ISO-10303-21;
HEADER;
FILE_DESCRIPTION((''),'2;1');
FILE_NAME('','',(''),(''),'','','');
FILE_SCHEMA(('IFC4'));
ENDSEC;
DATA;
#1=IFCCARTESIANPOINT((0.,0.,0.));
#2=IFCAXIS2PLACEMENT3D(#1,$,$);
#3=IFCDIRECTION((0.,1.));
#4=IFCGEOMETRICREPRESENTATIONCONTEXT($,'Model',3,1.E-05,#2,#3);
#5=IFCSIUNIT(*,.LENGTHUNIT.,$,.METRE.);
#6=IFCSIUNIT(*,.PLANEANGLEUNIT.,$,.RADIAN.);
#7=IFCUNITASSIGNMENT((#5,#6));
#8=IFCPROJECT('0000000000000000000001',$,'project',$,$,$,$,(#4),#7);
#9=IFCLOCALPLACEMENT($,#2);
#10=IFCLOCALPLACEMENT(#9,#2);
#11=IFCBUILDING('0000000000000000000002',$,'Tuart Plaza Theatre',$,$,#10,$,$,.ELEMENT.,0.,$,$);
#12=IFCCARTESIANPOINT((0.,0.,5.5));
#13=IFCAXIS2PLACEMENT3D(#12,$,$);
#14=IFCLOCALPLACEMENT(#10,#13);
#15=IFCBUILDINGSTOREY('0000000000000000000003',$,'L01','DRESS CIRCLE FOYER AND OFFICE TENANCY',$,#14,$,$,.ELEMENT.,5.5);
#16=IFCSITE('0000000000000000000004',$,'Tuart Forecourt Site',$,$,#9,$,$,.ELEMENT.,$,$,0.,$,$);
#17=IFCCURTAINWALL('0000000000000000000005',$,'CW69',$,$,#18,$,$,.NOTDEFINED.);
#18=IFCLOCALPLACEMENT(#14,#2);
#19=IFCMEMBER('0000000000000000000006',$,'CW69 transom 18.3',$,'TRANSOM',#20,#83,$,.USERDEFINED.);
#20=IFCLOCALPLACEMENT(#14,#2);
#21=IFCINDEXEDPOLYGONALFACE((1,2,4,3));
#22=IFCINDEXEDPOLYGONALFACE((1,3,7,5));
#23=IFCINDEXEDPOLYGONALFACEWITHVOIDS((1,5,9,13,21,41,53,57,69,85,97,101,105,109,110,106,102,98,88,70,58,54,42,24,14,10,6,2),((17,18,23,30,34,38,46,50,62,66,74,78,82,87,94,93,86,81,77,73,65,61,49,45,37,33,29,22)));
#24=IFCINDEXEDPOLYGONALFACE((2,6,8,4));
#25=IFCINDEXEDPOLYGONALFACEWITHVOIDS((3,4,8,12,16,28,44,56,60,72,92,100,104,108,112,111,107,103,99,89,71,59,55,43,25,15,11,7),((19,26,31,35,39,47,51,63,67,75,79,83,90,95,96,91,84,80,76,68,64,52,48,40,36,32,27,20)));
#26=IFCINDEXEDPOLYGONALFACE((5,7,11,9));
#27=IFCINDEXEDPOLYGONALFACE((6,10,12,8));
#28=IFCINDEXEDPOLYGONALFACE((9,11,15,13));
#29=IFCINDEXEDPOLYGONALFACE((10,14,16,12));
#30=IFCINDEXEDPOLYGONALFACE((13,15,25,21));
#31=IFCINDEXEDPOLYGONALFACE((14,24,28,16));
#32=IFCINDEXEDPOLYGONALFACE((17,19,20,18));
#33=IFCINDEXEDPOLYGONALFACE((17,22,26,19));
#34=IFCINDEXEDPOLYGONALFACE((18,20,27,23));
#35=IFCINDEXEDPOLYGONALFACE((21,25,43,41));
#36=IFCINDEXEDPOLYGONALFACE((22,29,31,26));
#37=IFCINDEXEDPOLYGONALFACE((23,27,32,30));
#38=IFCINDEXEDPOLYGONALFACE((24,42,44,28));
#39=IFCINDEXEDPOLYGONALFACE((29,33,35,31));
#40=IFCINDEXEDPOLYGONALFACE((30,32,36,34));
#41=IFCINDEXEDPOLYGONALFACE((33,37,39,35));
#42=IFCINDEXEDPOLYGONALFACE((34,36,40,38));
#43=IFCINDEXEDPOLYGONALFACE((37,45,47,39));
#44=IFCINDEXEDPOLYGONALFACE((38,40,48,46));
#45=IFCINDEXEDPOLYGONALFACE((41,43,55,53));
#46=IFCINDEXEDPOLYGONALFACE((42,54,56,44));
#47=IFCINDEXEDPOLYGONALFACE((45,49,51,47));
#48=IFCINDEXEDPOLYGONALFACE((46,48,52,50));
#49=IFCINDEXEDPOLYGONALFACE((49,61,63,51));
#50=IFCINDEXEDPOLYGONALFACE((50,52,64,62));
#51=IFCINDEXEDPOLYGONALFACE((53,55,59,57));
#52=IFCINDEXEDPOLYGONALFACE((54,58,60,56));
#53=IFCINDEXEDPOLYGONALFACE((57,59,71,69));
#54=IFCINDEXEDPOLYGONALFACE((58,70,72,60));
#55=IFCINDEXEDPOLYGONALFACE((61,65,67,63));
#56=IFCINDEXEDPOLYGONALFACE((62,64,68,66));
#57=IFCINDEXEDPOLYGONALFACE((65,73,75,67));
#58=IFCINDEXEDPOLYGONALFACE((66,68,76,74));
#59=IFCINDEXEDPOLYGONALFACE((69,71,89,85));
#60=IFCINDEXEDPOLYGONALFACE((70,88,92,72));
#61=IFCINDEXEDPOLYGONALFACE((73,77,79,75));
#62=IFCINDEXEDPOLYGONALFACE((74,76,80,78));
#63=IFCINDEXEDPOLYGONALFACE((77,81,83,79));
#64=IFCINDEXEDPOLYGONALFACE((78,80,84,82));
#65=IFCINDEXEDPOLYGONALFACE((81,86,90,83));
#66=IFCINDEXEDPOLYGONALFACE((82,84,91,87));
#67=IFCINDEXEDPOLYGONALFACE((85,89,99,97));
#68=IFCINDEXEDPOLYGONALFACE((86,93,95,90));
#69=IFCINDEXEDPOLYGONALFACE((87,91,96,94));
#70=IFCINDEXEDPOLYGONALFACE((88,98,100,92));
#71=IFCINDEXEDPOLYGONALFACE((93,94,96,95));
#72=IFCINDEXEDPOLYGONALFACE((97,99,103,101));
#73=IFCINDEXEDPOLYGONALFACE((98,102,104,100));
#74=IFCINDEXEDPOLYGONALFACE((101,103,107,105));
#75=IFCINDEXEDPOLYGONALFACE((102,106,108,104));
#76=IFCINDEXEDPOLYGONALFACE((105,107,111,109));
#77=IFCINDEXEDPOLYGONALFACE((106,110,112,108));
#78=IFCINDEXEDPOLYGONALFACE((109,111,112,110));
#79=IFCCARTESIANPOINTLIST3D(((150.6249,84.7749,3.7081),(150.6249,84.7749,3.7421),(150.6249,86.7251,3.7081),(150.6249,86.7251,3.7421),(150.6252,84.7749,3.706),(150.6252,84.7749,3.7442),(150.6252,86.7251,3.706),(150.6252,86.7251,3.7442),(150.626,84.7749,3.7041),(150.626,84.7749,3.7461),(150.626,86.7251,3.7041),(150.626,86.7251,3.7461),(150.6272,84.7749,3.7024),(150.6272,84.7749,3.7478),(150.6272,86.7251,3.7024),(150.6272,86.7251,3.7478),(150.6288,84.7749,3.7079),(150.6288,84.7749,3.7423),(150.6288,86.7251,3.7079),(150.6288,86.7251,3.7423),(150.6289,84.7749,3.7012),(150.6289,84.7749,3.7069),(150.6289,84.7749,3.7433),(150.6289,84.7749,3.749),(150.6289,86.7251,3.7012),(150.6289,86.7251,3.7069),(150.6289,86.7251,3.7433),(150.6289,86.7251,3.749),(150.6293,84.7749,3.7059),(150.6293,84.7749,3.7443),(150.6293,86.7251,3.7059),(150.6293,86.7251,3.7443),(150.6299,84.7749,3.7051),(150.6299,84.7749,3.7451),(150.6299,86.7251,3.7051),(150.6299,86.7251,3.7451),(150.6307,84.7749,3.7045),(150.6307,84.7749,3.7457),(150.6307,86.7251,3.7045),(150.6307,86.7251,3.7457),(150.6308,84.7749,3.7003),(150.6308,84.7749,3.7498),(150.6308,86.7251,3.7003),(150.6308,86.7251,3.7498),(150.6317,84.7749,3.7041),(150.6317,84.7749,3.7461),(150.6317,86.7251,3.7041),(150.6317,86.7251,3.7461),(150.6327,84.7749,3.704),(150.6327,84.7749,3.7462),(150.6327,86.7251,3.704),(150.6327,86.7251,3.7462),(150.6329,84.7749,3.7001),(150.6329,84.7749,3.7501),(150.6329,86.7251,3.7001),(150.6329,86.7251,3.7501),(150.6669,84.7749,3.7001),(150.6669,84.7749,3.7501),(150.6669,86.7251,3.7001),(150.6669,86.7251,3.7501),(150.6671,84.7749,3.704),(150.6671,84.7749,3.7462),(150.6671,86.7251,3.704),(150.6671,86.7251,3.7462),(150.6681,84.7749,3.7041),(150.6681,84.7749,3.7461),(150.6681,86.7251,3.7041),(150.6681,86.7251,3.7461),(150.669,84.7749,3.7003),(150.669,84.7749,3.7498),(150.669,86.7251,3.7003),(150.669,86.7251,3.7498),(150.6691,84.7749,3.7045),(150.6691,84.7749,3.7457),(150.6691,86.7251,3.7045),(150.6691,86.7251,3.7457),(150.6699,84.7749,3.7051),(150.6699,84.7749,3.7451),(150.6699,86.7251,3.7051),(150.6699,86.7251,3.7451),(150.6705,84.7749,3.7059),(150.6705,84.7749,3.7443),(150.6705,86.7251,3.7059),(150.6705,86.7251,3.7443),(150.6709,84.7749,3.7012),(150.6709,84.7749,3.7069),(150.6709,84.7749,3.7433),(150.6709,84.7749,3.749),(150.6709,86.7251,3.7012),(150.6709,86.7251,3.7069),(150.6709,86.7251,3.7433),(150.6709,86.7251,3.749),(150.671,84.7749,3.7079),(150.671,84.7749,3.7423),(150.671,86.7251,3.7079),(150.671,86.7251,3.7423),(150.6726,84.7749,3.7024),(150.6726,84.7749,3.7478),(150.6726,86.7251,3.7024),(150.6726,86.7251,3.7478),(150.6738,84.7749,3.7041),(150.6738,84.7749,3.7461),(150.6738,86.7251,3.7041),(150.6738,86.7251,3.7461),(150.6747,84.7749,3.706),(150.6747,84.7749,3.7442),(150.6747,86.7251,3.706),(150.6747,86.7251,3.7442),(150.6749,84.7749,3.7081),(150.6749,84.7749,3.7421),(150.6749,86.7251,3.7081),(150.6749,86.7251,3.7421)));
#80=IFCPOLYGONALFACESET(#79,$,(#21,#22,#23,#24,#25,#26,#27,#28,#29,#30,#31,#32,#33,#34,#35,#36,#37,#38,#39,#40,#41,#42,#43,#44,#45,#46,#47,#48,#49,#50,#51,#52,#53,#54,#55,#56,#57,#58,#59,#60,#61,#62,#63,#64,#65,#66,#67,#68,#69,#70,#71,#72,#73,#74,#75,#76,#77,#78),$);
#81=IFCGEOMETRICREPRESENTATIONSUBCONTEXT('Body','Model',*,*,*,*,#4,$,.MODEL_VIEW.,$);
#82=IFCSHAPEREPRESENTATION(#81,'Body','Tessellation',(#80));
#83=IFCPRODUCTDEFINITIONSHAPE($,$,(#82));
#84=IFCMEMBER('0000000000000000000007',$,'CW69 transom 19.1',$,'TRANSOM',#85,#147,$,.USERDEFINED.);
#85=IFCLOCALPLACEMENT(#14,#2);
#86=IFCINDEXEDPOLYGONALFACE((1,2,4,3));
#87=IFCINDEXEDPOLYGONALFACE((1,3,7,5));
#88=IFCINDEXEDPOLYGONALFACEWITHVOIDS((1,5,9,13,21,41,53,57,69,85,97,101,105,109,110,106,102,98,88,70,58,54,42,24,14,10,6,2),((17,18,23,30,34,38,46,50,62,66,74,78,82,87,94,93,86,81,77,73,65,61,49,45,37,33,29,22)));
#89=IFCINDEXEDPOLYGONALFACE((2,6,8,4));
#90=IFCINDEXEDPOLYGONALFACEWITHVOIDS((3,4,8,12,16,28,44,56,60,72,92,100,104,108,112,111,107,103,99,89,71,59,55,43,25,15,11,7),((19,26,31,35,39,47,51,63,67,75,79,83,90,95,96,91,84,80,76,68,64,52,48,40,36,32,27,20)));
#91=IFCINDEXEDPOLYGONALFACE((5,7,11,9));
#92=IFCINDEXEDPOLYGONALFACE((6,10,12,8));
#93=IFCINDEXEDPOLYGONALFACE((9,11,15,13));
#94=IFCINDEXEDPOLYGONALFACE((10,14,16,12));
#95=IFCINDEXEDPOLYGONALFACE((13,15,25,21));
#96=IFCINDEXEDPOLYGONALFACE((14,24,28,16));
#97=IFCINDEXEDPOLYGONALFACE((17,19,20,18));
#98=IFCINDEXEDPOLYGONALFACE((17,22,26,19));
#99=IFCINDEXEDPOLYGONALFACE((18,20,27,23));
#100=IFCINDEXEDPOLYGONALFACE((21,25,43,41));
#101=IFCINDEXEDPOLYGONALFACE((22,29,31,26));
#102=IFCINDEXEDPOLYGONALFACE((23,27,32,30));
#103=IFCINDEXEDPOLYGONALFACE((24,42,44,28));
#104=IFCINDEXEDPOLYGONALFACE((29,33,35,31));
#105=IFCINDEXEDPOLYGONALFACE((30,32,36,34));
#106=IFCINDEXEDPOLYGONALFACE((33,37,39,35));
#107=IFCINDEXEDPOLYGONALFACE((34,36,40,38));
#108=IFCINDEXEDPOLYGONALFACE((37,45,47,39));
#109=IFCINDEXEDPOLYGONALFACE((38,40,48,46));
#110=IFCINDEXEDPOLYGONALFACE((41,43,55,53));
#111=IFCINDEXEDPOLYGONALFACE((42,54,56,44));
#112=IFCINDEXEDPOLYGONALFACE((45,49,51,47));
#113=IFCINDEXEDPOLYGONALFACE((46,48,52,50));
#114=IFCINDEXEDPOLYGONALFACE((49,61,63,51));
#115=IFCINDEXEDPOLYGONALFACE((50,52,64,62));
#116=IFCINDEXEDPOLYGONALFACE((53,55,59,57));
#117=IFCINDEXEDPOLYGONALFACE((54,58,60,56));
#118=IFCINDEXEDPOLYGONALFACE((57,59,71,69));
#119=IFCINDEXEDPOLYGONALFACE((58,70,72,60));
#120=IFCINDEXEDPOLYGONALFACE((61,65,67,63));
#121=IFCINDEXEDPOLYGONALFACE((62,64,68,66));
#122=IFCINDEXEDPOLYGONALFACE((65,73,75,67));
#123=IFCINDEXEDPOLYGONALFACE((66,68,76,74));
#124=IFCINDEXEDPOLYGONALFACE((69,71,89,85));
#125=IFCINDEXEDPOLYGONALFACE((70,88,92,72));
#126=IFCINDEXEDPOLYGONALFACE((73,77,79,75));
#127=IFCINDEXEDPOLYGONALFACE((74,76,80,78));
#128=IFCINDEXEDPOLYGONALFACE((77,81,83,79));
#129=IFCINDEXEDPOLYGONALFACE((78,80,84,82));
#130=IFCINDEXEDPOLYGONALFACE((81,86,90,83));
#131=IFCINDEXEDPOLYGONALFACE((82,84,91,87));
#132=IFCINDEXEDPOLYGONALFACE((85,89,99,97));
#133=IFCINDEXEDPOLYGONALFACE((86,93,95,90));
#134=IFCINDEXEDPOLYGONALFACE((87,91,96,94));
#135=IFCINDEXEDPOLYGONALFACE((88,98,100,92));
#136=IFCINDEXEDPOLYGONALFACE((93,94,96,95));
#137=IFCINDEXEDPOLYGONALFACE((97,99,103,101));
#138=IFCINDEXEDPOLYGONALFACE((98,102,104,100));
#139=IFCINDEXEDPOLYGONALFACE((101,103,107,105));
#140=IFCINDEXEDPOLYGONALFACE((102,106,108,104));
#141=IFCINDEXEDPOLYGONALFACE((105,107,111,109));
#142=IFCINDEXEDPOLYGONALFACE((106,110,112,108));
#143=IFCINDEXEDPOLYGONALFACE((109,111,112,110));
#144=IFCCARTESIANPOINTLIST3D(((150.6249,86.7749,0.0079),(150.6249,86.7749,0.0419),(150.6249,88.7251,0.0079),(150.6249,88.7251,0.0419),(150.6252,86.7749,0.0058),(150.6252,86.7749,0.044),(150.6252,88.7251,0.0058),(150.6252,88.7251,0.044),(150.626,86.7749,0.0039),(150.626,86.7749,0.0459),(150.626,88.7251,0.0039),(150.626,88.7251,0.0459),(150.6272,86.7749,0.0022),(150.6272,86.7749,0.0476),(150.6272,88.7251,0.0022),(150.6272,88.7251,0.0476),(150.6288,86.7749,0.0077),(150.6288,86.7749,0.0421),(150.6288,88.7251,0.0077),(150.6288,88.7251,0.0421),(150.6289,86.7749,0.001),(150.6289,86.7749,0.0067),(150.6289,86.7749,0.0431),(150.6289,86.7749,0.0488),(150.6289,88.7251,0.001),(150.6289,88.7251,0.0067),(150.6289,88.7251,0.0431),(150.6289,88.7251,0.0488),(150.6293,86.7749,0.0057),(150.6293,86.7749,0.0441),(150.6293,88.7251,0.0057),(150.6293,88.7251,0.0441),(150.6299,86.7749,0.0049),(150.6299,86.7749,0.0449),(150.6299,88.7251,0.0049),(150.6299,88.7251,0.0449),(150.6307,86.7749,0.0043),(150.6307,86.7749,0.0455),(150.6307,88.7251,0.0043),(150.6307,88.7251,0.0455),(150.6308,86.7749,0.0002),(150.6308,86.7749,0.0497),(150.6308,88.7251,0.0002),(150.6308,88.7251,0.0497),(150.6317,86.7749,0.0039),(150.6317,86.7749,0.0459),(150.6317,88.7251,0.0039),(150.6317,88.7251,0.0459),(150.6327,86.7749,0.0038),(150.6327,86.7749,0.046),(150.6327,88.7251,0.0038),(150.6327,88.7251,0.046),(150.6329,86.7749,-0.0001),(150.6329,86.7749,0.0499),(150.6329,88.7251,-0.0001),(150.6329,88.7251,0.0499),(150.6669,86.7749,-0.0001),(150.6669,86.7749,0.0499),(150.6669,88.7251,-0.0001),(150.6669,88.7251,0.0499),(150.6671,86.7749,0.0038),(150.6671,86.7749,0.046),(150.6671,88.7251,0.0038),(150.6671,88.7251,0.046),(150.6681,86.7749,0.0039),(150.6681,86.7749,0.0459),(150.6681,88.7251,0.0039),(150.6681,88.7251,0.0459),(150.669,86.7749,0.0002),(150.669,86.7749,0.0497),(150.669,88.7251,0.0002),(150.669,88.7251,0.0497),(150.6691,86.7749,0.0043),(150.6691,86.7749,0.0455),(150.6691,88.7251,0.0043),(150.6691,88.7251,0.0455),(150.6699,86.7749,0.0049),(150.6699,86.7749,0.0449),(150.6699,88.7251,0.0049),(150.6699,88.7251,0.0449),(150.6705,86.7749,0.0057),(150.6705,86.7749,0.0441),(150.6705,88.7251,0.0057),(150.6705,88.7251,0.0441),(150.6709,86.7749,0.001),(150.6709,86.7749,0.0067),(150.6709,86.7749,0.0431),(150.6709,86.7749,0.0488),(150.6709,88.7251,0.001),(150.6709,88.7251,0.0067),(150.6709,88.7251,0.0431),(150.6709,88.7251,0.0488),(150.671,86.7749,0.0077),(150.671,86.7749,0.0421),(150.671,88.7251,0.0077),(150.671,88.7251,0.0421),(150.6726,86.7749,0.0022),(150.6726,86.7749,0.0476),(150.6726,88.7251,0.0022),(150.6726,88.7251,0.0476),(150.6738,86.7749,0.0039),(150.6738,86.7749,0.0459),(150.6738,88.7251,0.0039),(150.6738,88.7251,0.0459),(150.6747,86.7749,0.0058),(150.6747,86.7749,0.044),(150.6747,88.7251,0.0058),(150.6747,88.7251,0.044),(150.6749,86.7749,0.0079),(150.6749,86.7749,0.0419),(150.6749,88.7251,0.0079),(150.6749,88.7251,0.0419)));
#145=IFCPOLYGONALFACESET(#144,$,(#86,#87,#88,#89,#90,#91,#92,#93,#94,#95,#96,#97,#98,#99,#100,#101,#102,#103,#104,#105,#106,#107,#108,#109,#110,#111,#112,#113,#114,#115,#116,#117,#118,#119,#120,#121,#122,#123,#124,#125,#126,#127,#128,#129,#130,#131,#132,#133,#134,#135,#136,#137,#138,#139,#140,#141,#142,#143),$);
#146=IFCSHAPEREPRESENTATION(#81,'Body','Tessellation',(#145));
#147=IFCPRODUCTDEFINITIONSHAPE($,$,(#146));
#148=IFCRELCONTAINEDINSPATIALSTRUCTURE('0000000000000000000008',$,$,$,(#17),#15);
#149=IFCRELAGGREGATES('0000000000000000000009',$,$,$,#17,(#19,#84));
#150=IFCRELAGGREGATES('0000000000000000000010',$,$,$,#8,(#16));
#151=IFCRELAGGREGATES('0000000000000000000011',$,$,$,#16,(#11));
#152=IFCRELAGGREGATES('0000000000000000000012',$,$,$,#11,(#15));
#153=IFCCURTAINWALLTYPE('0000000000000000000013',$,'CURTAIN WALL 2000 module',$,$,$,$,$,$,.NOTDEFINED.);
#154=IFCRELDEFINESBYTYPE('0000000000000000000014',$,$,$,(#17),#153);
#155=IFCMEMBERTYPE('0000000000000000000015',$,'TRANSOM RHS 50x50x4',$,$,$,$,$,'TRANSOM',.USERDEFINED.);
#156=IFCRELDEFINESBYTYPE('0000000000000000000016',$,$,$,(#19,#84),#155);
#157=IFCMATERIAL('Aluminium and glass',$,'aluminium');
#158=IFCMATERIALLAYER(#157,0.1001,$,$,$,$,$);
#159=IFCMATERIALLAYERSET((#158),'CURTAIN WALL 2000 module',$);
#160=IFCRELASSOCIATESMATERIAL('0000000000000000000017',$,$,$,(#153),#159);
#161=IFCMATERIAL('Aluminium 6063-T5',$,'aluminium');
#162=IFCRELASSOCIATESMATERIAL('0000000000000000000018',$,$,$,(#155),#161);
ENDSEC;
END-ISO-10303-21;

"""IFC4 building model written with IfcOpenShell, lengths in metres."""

from ifc_helpers import new_model, si_unit, direction, frame, origin, origin_2d, place, context, subcontext, project, spatial, hollow_rectangle, extrude, material, layer, layer_set, material_profile, profile_set, type_object, element, aggregate, save


model = new_model("IFC4")

# Units and contexts
model_context = context("Model", 3, precision=1e-05, world=origin(), true_north=direction((0.0, 1.0)))
body_context = subcontext(model_context, "Body", "Model", "MODEL_VIEW")
ifc_project = project(units=[si_unit("LENGTHUNIT", "METRE"), si_unit("PLANEANGLEUNIT", "RADIAN")], contexts=[model_context])

# Site, building, storey
site_placement = place(None, origin())
site = spatial("IfcSite", under=ifc_project, at=site_placement, Name="Tuart Forecourt Site", CompositionType="ELEMENT", RefElevation=0.0)
building_placement = place(site_placement, origin())
building = spatial("IfcBuilding", under=site, at=building_placement, Name="Tuart Plaza Theatre", CompositionType="ELEMENT", ElevationOfRefHeight=0.0)
storey_placement = place(building_placement, frame((0.0, 0.0, 5.5)))
storey = spatial("IfcBuildingStorey", under=building, at=storey_placement, Name="L01", Description="DRESS CIRCLE FOYER AND OFFICE TENANCY", CompositionType="ELEMENT", Elevation=5.5)

# Curtain wall, members
ifc_material_1 = material(Name="Aluminium and glass", Category="aluminium")
ifc_layer_1 = layer(ifc_material_1, 0.1001)
ifc_layer_set_1 = layer_set([ifc_layer_1], Name="CURTAIN WALL 2000 module")
curtain_wall_type = type_object("IfcCurtainWallType", Name="CURTAIN WALL 2000 module", PredefinedType="NOTDEFINED", material=ifc_layer_set_1)
curtain_wall_placement = place(storey_placement, origin())
curtain_wall = element("IfcCurtainWall", 1, at=curtain_wall_placement, inside=storey, type_object=curtain_wall_type, Name="CW69", PredefinedType="NOTDEFINED")
ifc_material_2 = material(Name="Aluminium 6063-T5", Category="aluminium")
ifc_material_profile_1 = material_profile(ifc_material_2, hollow_rectangle(XDim=0.05, YDim=0.05, WallThickness=0.0039, InnerFilletRadius=0.0039, OuterFilletRadius=0.0081, at=origin_2d()), Name="RHS 50x50x4")
ifc_profile_set_1 = profile_set([ifc_material_profile_1], Name="Aluminium 6063-T5")
member_type_1 = type_object("IfcMemberType", Name="TRANSOM RHS 50x50x4", ElementType="TRANSOM", PredefinedType="USERDEFINED", material=ifc_profile_set_1)
member_1_placement = place(storey_placement, frame((150.6499, 84.7749, 3.7251), z_axis=(0.0, 1.0, 0.0), x_axis=(-1.0, 0.0, 0.0)))
member_1 = element("IfcMember", 2, at=member_1_placement, type_object=member_type_1, Name="CW69 transom 18.3", ObjectType="TRANSOM", PredefinedType="USERDEFINED", context=body_context, shape_type="SweptSolid", body=[
    extrude(hollow_rectangle(XDim=0.05, YDim=0.05, WallThickness=0.0039, InnerFilletRadius=0.0039, OuterFilletRadius=0.0081, at=origin_2d()), origin(), (0.0, 0.0, 1.0), 1.9502),
])
member_2_placement = place(storey_placement, frame((150.6499, 86.7749, 0.0249), z_axis=(0.0, 1.0, 0.0), x_axis=(-1.0, 0.0, 0.0)))
member_2 = element("IfcMember", 3, at=member_2_placement, type_object=member_type_1, Name="CW69 transom 19.1", ObjectType="TRANSOM", PredefinedType="USERDEFINED", context=body_context, shape_type="SweptSolid", body=[
    extrude(hollow_rectangle(XDim=0.05, YDim=0.05, WallThickness=0.0039, InnerFilletRadius=0.0039, OuterFilletRadius=0.0081, at=origin_2d()), origin(), (0.0, 0.0, 1.0), 1.9502),
])
aggregate(curtain_wall, [member_1, member_2])

save(model, "model.ifc")
